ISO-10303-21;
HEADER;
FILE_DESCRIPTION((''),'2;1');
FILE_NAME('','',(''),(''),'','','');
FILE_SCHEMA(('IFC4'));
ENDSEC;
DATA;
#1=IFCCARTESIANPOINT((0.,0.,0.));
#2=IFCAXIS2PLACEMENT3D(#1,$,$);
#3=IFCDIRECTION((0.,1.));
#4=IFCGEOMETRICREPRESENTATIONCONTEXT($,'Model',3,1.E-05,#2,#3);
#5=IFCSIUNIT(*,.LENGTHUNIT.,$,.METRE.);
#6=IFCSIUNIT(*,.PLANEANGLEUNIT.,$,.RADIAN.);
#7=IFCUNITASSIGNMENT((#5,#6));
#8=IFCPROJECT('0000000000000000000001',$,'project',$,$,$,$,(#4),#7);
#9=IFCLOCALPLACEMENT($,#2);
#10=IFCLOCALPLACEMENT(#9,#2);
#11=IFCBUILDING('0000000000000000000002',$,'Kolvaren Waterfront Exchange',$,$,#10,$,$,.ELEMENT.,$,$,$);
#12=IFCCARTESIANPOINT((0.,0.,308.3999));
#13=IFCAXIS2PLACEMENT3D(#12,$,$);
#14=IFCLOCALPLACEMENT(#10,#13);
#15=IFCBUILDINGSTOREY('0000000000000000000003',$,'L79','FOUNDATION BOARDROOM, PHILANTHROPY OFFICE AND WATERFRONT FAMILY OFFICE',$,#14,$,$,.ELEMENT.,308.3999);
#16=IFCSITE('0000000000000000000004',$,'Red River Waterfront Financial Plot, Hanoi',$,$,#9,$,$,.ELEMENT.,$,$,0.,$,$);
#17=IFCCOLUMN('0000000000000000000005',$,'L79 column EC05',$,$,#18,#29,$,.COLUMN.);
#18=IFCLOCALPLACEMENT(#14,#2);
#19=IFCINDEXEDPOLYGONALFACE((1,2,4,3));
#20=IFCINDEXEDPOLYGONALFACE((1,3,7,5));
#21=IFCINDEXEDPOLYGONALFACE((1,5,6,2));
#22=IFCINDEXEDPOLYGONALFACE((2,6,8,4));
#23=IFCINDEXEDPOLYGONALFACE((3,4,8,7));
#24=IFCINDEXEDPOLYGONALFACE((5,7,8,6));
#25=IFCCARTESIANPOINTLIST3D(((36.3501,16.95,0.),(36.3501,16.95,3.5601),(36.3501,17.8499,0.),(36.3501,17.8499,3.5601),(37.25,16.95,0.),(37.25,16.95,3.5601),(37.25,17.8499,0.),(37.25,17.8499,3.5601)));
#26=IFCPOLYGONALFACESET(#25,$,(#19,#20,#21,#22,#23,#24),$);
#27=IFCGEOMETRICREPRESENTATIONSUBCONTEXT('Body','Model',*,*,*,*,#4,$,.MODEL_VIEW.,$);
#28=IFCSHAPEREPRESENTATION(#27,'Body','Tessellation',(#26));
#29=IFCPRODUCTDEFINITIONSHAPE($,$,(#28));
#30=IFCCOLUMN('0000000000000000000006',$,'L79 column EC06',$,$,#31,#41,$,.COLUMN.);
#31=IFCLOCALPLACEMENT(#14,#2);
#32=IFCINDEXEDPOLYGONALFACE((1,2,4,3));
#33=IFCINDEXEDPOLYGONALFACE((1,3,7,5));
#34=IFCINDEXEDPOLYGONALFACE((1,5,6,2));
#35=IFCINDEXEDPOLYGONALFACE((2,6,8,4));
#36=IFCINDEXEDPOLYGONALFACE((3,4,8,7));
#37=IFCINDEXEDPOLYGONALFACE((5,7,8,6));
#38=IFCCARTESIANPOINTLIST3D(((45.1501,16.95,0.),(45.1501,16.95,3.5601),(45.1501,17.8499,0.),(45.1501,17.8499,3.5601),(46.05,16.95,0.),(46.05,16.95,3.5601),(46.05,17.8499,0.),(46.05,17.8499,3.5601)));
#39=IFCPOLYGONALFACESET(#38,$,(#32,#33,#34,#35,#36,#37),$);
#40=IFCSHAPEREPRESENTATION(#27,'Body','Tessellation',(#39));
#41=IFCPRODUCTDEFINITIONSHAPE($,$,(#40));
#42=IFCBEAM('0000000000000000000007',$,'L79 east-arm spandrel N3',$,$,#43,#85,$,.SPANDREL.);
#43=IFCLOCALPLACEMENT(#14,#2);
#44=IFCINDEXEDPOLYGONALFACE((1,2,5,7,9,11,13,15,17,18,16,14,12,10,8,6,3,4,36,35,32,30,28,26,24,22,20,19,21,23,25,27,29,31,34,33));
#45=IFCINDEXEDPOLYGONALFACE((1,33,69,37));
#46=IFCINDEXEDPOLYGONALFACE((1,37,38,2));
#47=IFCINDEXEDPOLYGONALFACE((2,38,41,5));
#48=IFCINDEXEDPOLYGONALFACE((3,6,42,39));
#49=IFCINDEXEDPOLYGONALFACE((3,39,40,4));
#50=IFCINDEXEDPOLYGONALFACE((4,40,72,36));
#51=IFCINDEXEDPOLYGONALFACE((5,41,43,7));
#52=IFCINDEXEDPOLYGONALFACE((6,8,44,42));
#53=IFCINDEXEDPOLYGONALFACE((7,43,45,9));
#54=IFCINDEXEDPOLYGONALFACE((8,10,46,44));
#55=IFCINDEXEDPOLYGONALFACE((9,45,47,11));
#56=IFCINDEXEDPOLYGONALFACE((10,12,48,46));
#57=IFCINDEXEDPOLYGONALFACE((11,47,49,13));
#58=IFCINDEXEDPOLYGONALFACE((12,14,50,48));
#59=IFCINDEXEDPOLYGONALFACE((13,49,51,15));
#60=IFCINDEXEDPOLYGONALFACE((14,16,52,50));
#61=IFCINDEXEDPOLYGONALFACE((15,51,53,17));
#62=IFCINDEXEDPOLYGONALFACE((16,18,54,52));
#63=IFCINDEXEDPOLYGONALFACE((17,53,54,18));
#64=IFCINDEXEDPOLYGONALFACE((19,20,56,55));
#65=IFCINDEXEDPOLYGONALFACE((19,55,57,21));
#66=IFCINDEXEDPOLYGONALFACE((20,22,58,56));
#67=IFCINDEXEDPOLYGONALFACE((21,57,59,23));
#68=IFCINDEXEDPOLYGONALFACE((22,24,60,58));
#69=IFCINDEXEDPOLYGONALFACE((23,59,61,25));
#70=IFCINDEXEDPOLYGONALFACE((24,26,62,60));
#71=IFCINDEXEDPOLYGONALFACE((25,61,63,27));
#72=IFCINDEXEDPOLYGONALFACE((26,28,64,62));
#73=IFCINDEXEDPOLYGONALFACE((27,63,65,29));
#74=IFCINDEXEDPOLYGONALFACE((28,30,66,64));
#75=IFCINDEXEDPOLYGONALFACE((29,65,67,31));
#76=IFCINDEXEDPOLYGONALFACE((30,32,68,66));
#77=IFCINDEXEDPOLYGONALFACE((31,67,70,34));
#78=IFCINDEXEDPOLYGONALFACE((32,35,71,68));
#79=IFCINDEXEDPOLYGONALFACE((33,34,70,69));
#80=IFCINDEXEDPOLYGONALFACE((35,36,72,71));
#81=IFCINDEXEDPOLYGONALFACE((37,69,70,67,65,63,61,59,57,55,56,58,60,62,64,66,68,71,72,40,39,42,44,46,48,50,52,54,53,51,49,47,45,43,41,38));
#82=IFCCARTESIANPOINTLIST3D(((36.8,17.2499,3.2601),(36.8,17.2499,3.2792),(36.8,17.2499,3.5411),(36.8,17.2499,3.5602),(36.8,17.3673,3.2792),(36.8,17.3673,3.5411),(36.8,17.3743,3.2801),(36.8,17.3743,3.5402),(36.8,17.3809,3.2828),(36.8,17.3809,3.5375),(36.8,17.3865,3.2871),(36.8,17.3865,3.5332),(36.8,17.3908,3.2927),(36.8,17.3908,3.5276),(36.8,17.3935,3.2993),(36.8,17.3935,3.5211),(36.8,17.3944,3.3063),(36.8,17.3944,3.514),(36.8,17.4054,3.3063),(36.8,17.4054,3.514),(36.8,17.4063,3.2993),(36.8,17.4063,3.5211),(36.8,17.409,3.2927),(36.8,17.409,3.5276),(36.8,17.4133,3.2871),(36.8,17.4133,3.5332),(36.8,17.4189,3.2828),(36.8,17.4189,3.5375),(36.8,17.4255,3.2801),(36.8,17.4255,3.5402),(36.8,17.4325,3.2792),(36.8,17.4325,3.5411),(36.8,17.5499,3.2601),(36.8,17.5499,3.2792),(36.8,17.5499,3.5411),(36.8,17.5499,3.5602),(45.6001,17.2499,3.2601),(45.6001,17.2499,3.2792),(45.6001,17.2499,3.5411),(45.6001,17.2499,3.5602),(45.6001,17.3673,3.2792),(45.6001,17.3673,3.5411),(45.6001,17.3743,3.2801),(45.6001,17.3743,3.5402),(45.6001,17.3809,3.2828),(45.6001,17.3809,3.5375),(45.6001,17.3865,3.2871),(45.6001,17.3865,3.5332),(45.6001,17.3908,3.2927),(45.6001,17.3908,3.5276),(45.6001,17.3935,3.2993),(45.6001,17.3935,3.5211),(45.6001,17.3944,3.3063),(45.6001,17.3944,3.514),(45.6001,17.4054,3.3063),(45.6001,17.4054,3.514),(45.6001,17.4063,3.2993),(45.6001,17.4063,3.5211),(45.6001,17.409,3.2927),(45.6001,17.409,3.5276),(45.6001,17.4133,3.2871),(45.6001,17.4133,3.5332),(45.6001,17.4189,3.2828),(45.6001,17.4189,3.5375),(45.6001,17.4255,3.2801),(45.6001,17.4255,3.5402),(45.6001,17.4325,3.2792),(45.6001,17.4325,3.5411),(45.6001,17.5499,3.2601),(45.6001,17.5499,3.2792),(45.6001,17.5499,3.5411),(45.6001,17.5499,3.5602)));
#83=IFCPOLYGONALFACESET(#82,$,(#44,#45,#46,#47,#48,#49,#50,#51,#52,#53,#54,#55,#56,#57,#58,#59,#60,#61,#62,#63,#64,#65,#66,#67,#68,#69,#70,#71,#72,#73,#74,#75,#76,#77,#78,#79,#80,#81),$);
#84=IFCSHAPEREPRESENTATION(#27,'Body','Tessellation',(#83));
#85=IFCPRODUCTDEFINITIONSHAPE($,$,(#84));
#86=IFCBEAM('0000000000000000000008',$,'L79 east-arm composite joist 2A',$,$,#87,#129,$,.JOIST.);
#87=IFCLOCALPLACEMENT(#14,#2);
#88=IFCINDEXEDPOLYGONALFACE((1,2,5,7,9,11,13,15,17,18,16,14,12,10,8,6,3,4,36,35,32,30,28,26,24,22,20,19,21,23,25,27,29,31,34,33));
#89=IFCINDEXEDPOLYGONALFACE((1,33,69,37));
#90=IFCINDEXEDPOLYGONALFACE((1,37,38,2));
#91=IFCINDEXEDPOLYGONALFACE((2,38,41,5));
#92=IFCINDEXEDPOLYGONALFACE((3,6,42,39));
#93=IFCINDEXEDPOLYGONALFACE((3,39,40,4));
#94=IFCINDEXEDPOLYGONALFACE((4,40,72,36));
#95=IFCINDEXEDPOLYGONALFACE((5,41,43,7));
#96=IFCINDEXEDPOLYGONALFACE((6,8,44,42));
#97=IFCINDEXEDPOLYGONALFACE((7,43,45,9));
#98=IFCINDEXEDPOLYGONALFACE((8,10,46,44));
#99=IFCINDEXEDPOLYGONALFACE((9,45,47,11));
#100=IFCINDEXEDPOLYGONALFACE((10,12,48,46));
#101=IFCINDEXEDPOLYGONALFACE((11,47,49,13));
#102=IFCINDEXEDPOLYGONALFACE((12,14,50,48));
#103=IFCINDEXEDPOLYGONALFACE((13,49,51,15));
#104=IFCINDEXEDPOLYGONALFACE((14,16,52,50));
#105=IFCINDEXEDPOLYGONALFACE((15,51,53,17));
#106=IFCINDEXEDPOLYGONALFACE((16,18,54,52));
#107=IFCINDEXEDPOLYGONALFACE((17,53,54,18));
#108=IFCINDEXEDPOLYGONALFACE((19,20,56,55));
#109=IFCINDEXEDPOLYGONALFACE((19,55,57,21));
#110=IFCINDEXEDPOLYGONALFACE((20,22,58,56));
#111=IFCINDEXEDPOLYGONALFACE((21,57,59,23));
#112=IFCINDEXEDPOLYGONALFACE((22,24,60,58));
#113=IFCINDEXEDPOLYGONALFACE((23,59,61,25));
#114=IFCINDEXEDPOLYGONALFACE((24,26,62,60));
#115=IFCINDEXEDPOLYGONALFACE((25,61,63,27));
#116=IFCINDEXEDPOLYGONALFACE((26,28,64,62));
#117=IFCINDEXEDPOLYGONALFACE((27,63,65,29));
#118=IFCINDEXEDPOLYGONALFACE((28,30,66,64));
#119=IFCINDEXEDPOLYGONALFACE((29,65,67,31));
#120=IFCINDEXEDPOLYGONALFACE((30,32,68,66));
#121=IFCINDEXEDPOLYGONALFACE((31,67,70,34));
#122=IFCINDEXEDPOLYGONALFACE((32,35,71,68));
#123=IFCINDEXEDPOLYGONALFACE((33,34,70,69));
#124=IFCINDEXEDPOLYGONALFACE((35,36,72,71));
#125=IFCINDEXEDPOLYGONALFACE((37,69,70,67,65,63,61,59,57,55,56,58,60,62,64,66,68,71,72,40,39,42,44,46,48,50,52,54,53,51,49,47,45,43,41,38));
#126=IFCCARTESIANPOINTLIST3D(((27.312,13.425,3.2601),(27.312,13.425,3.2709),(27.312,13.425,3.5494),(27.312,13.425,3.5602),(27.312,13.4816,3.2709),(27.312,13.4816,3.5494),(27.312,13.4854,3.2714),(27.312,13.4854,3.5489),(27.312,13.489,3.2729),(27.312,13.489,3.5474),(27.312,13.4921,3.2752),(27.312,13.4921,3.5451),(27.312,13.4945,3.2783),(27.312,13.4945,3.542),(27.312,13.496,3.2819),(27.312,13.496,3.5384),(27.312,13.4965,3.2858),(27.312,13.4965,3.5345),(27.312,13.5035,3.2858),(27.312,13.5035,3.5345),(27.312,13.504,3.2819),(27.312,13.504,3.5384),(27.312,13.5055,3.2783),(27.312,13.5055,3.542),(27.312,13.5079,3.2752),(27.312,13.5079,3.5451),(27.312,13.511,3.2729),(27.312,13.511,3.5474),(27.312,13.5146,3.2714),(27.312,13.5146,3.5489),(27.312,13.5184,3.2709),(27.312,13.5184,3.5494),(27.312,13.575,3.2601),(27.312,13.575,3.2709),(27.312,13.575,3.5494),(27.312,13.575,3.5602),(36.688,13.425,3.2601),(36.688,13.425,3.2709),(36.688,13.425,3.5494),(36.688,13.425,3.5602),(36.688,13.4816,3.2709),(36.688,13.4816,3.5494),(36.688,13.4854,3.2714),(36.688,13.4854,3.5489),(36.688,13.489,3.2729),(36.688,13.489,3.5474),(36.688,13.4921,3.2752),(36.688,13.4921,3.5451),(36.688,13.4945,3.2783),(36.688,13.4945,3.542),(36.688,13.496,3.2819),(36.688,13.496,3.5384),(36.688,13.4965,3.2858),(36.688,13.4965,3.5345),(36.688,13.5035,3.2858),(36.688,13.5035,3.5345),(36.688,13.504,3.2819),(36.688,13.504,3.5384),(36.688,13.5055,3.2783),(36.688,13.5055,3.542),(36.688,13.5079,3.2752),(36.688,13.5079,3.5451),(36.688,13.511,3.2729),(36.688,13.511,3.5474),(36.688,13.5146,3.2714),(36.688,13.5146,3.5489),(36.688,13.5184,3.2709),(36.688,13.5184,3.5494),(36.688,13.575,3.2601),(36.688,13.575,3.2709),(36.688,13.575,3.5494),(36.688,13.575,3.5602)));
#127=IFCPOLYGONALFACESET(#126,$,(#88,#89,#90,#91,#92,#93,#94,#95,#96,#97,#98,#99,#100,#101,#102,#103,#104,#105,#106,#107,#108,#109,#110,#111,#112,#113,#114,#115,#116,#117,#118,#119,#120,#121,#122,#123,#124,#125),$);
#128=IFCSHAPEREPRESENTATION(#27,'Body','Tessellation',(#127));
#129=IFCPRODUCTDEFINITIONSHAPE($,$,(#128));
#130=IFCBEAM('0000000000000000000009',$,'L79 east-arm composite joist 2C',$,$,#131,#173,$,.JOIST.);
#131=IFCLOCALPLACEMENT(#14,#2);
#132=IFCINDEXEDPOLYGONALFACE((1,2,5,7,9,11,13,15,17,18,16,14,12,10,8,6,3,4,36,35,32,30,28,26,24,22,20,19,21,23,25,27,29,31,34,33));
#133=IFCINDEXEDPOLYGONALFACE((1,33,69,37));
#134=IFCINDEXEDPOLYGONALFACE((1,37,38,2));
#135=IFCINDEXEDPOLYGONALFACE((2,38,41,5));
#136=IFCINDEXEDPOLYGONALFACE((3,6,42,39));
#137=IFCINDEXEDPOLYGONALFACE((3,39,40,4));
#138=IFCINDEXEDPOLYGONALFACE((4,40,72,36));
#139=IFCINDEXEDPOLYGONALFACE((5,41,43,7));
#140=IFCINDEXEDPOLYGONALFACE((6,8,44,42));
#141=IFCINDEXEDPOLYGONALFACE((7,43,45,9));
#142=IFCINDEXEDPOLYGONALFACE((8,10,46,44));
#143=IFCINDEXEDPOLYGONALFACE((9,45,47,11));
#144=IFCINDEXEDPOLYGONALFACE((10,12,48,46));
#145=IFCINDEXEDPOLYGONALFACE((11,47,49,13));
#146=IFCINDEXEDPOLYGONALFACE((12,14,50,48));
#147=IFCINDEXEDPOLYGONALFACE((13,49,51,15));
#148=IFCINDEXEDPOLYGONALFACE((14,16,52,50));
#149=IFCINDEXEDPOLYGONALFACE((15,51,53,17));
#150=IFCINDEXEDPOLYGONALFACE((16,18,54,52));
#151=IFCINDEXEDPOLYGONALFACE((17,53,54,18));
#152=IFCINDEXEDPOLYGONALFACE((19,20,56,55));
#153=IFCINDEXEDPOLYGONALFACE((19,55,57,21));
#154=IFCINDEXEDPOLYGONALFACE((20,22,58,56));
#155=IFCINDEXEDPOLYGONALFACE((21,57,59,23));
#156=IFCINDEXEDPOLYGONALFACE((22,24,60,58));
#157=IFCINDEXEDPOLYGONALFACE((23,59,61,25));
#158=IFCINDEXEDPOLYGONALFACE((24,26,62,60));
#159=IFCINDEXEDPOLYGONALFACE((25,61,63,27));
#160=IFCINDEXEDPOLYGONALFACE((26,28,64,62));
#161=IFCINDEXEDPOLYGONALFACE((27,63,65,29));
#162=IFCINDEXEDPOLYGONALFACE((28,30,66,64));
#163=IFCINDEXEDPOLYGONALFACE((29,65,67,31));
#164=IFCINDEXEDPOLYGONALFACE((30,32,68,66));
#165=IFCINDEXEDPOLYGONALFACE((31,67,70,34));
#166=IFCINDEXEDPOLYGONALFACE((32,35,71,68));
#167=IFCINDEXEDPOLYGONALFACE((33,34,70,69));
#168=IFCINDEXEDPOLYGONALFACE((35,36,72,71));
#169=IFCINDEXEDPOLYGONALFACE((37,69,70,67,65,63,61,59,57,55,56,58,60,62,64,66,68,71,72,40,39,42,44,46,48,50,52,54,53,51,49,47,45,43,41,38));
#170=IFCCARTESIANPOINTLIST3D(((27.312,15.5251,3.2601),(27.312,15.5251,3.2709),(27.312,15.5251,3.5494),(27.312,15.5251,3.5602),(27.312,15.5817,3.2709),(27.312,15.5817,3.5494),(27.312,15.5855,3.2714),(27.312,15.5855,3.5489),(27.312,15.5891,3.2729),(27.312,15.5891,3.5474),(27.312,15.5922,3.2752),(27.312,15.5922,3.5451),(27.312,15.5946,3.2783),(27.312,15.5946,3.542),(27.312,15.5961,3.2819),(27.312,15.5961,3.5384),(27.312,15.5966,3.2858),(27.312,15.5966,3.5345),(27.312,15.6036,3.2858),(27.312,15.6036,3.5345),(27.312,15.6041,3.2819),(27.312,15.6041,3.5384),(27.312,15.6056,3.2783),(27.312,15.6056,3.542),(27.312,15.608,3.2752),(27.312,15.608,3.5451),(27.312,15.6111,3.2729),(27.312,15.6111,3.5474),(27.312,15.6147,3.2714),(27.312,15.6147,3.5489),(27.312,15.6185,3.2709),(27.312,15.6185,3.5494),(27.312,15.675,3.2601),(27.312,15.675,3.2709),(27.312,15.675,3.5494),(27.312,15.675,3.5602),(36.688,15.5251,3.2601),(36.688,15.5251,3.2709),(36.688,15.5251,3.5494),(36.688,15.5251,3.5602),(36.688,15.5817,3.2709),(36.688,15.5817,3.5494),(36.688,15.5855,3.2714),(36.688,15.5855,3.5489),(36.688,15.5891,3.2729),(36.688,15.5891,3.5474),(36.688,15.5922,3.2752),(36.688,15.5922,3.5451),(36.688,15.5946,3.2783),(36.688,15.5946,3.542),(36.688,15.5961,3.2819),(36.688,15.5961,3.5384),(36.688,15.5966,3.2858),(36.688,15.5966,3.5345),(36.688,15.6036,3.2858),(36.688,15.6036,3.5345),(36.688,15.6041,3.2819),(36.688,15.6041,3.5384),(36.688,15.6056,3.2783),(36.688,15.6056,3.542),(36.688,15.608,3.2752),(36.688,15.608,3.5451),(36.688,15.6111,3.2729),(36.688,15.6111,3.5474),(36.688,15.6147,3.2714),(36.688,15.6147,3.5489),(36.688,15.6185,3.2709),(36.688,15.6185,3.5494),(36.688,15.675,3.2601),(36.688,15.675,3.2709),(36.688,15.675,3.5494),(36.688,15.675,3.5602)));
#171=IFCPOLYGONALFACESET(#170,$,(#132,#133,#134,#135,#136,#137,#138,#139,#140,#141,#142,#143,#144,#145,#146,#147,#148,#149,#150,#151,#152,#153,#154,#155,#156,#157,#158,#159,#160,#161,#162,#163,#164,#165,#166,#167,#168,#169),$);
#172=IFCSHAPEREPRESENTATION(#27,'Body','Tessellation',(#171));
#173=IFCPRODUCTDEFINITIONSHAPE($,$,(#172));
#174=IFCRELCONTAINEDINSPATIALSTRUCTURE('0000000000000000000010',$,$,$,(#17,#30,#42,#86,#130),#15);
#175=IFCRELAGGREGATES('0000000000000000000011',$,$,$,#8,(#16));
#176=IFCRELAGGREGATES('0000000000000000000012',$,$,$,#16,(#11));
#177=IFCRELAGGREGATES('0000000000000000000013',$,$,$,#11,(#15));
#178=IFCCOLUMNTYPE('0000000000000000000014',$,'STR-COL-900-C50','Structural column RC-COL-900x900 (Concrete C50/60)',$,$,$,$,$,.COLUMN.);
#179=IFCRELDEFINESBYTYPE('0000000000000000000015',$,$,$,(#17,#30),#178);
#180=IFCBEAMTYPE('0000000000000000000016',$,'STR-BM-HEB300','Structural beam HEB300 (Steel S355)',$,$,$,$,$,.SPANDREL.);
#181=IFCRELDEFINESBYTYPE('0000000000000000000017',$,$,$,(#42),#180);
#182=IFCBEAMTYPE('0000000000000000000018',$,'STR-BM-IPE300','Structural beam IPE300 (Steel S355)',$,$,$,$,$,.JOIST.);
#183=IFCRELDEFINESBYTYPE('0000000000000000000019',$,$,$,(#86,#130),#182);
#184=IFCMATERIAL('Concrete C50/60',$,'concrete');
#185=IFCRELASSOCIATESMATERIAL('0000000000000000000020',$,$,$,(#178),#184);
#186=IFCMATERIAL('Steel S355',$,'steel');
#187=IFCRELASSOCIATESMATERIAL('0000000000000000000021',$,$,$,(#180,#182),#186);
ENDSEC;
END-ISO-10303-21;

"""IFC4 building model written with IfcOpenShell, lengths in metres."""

from ifc_helpers import new_model, si_unit, direction, frame, origin, origin_2d, place, context, subcontext, project, spatial, rectangle, i_section, extrude, material, material_profile, profile_set, type_object, element, save


model = new_model("IFC4")

# Units and contexts
model_context = context("Model", 3, precision=1e-05, world=origin(), true_north=direction((0.0, 1.0)))
body_context = subcontext(model_context, "Body", "Model", "MODEL_VIEW")
ifc_project = project(units=[si_unit("LENGTHUNIT", "METRE"), si_unit("PLANEANGLEUNIT", "RADIAN")], contexts=[model_context])

# Site, building, storey
site_placement = place(None, origin())
site = spatial("IfcSite", under=ifc_project, at=site_placement, Name="Red River Waterfront Financial Plot, Hanoi", CompositionType="ELEMENT", RefElevation=0.0)
building_placement = place(site_placement, origin())
building = spatial("IfcBuilding", under=site, at=building_placement, Name="Kolvaren Waterfront Exchange", CompositionType="ELEMENT")
storey_placement = place(building_placement, frame((0.0, 0.0, 308.3999)))
storey = spatial("IfcBuildingStorey", under=building, at=storey_placement, Name="L79", Description="FOUNDATION BOARDROOM, PHILANTHROPY OFFICE AND WATERFRONT FAMILY OFFICE", CompositionType="ELEMENT", Elevation=308.3999)

# Columns
ifc_material_1 = material(Name="Concrete C50/60", Category="concrete")
ifc_material_profile_1 = material_profile(ifc_material_1, rectangle(XDim=0.8999, YDim=0.8999, at=origin_2d()), Name="RC-COL-900x900")
ifc_profile_set_1 = profile_set([ifc_material_profile_1], Name="Concrete C50/60")
column_type = type_object("IfcColumnType", Name="STR-COL-900-C50", Description="Structural column RC-COL-900x900 (Concrete C50/60)", PredefinedType="COLUMN", material=ifc_profile_set_1)
for number, where, z_axis, x_axis, name in (
    (1, (36.8, 17.3999, 0.0), (0.0, 0.0, 1.0), (1.0, 0.0, 0.0), "L79 column EC05"),
    (2, (45.6001, 17.3999, 0.0), (0.0, 0.0, 1.0), (1.0, 0.0, 0.0), "L79 column EC06"),
):
    element("IfcColumn", number, at=place(storey_placement, frame(where, z_axis=z_axis, x_axis=x_axis)), inside=storey, type_object=column_type, Name=name, PredefinedType="COLUMN", context=body_context, shape_type="SweptSolid", body=[
        extrude(rectangle(XDim=0.8999, YDim=0.8999, at=origin_2d()), origin(), (0.0, 0.0, 1.0), 3.5601),
    ])

# Beams
ifc_material_2 = material(Name="Steel S355", Category="steel")
ifc_material_profile_2 = material_profile(ifc_material_2, i_section(OverallWidth=0.3, OverallDepth=0.3, WebThickness=0.011, FlangeThickness=0.019, FilletRadius=0.0271, at=origin_2d()), Name="HEB300")
ifc_profile_set_2 = profile_set([ifc_material_profile_2], Name="Steel S355")
beam_type_1 = type_object("IfcBeamType", Name="STR-BM-HEB300", Description="Structural beam HEB300 (Steel S355)", PredefinedType="SPANDREL", material=ifc_profile_set_2)
beam_placement = place(storey_placement, frame((36.8, 17.3999, 3.4102), z_axis=(1.0, 0.0, 0.0), x_axis=(0.0, 1.0, 0.0)))
element("IfcBeam", 3, at=beam_placement, inside=storey, type_object=beam_type_1, Name="L79 east-arm spandrel N3", PredefinedType="SPANDREL", context=body_context, shape_type="SweptSolid", body=[
    extrude(i_section(OverallWidth=0.3, OverallDepth=0.3, WebThickness=0.011, FlangeThickness=0.019, FilletRadius=0.0271, at=origin_2d()), origin(), (0.0, 0.0, 1.0), 8.8),
])
ifc_material_profile_3 = material_profile(ifc_material_2, i_section(OverallWidth=0.1499, OverallDepth=0.3, WebThickness=0.0071, FlangeThickness=0.0107, FilletRadius=0.0149, at=origin_2d()), Name="IPE300")
ifc_profile_set_3 = profile_set([ifc_material_profile_3], Name="Steel S355")
beam_type_2 = type_object("IfcBeamType", Name="STR-BM-IPE300", Description="Structural beam IPE300 (Steel S355)", PredefinedType="JOIST", material=ifc_profile_set_3)
for number, where, z_axis, x_axis, name in (
    (4, (27.312, 13.5, 3.4102), (1.0, 0.0, 0.0), (0.0, 1.0, 0.0), "L79 east-arm composite joist 2A"),
    (5, (27.312, 15.6001, 3.4102), (1.0, 0.0, 0.0), (0.0, 1.0, 0.0), "L79 east-arm composite joist 2C"),
):
    element("IfcBeam", number, at=place(storey_placement, frame(where, z_axis=z_axis, x_axis=x_axis)), inside=storey, type_object=beam_type_2, Name=name, PredefinedType="JOIST", context=body_context, shape_type="SweptSolid", body=[
        extrude(i_section(OverallWidth=0.1499, OverallDepth=0.3, WebThickness=0.0071, FlangeThickness=0.0107, FilletRadius=0.0149, at=origin_2d()), origin(), (0.0, 0.0, 1.0), 9.376),
    ])

save(model, "model.ifc")
